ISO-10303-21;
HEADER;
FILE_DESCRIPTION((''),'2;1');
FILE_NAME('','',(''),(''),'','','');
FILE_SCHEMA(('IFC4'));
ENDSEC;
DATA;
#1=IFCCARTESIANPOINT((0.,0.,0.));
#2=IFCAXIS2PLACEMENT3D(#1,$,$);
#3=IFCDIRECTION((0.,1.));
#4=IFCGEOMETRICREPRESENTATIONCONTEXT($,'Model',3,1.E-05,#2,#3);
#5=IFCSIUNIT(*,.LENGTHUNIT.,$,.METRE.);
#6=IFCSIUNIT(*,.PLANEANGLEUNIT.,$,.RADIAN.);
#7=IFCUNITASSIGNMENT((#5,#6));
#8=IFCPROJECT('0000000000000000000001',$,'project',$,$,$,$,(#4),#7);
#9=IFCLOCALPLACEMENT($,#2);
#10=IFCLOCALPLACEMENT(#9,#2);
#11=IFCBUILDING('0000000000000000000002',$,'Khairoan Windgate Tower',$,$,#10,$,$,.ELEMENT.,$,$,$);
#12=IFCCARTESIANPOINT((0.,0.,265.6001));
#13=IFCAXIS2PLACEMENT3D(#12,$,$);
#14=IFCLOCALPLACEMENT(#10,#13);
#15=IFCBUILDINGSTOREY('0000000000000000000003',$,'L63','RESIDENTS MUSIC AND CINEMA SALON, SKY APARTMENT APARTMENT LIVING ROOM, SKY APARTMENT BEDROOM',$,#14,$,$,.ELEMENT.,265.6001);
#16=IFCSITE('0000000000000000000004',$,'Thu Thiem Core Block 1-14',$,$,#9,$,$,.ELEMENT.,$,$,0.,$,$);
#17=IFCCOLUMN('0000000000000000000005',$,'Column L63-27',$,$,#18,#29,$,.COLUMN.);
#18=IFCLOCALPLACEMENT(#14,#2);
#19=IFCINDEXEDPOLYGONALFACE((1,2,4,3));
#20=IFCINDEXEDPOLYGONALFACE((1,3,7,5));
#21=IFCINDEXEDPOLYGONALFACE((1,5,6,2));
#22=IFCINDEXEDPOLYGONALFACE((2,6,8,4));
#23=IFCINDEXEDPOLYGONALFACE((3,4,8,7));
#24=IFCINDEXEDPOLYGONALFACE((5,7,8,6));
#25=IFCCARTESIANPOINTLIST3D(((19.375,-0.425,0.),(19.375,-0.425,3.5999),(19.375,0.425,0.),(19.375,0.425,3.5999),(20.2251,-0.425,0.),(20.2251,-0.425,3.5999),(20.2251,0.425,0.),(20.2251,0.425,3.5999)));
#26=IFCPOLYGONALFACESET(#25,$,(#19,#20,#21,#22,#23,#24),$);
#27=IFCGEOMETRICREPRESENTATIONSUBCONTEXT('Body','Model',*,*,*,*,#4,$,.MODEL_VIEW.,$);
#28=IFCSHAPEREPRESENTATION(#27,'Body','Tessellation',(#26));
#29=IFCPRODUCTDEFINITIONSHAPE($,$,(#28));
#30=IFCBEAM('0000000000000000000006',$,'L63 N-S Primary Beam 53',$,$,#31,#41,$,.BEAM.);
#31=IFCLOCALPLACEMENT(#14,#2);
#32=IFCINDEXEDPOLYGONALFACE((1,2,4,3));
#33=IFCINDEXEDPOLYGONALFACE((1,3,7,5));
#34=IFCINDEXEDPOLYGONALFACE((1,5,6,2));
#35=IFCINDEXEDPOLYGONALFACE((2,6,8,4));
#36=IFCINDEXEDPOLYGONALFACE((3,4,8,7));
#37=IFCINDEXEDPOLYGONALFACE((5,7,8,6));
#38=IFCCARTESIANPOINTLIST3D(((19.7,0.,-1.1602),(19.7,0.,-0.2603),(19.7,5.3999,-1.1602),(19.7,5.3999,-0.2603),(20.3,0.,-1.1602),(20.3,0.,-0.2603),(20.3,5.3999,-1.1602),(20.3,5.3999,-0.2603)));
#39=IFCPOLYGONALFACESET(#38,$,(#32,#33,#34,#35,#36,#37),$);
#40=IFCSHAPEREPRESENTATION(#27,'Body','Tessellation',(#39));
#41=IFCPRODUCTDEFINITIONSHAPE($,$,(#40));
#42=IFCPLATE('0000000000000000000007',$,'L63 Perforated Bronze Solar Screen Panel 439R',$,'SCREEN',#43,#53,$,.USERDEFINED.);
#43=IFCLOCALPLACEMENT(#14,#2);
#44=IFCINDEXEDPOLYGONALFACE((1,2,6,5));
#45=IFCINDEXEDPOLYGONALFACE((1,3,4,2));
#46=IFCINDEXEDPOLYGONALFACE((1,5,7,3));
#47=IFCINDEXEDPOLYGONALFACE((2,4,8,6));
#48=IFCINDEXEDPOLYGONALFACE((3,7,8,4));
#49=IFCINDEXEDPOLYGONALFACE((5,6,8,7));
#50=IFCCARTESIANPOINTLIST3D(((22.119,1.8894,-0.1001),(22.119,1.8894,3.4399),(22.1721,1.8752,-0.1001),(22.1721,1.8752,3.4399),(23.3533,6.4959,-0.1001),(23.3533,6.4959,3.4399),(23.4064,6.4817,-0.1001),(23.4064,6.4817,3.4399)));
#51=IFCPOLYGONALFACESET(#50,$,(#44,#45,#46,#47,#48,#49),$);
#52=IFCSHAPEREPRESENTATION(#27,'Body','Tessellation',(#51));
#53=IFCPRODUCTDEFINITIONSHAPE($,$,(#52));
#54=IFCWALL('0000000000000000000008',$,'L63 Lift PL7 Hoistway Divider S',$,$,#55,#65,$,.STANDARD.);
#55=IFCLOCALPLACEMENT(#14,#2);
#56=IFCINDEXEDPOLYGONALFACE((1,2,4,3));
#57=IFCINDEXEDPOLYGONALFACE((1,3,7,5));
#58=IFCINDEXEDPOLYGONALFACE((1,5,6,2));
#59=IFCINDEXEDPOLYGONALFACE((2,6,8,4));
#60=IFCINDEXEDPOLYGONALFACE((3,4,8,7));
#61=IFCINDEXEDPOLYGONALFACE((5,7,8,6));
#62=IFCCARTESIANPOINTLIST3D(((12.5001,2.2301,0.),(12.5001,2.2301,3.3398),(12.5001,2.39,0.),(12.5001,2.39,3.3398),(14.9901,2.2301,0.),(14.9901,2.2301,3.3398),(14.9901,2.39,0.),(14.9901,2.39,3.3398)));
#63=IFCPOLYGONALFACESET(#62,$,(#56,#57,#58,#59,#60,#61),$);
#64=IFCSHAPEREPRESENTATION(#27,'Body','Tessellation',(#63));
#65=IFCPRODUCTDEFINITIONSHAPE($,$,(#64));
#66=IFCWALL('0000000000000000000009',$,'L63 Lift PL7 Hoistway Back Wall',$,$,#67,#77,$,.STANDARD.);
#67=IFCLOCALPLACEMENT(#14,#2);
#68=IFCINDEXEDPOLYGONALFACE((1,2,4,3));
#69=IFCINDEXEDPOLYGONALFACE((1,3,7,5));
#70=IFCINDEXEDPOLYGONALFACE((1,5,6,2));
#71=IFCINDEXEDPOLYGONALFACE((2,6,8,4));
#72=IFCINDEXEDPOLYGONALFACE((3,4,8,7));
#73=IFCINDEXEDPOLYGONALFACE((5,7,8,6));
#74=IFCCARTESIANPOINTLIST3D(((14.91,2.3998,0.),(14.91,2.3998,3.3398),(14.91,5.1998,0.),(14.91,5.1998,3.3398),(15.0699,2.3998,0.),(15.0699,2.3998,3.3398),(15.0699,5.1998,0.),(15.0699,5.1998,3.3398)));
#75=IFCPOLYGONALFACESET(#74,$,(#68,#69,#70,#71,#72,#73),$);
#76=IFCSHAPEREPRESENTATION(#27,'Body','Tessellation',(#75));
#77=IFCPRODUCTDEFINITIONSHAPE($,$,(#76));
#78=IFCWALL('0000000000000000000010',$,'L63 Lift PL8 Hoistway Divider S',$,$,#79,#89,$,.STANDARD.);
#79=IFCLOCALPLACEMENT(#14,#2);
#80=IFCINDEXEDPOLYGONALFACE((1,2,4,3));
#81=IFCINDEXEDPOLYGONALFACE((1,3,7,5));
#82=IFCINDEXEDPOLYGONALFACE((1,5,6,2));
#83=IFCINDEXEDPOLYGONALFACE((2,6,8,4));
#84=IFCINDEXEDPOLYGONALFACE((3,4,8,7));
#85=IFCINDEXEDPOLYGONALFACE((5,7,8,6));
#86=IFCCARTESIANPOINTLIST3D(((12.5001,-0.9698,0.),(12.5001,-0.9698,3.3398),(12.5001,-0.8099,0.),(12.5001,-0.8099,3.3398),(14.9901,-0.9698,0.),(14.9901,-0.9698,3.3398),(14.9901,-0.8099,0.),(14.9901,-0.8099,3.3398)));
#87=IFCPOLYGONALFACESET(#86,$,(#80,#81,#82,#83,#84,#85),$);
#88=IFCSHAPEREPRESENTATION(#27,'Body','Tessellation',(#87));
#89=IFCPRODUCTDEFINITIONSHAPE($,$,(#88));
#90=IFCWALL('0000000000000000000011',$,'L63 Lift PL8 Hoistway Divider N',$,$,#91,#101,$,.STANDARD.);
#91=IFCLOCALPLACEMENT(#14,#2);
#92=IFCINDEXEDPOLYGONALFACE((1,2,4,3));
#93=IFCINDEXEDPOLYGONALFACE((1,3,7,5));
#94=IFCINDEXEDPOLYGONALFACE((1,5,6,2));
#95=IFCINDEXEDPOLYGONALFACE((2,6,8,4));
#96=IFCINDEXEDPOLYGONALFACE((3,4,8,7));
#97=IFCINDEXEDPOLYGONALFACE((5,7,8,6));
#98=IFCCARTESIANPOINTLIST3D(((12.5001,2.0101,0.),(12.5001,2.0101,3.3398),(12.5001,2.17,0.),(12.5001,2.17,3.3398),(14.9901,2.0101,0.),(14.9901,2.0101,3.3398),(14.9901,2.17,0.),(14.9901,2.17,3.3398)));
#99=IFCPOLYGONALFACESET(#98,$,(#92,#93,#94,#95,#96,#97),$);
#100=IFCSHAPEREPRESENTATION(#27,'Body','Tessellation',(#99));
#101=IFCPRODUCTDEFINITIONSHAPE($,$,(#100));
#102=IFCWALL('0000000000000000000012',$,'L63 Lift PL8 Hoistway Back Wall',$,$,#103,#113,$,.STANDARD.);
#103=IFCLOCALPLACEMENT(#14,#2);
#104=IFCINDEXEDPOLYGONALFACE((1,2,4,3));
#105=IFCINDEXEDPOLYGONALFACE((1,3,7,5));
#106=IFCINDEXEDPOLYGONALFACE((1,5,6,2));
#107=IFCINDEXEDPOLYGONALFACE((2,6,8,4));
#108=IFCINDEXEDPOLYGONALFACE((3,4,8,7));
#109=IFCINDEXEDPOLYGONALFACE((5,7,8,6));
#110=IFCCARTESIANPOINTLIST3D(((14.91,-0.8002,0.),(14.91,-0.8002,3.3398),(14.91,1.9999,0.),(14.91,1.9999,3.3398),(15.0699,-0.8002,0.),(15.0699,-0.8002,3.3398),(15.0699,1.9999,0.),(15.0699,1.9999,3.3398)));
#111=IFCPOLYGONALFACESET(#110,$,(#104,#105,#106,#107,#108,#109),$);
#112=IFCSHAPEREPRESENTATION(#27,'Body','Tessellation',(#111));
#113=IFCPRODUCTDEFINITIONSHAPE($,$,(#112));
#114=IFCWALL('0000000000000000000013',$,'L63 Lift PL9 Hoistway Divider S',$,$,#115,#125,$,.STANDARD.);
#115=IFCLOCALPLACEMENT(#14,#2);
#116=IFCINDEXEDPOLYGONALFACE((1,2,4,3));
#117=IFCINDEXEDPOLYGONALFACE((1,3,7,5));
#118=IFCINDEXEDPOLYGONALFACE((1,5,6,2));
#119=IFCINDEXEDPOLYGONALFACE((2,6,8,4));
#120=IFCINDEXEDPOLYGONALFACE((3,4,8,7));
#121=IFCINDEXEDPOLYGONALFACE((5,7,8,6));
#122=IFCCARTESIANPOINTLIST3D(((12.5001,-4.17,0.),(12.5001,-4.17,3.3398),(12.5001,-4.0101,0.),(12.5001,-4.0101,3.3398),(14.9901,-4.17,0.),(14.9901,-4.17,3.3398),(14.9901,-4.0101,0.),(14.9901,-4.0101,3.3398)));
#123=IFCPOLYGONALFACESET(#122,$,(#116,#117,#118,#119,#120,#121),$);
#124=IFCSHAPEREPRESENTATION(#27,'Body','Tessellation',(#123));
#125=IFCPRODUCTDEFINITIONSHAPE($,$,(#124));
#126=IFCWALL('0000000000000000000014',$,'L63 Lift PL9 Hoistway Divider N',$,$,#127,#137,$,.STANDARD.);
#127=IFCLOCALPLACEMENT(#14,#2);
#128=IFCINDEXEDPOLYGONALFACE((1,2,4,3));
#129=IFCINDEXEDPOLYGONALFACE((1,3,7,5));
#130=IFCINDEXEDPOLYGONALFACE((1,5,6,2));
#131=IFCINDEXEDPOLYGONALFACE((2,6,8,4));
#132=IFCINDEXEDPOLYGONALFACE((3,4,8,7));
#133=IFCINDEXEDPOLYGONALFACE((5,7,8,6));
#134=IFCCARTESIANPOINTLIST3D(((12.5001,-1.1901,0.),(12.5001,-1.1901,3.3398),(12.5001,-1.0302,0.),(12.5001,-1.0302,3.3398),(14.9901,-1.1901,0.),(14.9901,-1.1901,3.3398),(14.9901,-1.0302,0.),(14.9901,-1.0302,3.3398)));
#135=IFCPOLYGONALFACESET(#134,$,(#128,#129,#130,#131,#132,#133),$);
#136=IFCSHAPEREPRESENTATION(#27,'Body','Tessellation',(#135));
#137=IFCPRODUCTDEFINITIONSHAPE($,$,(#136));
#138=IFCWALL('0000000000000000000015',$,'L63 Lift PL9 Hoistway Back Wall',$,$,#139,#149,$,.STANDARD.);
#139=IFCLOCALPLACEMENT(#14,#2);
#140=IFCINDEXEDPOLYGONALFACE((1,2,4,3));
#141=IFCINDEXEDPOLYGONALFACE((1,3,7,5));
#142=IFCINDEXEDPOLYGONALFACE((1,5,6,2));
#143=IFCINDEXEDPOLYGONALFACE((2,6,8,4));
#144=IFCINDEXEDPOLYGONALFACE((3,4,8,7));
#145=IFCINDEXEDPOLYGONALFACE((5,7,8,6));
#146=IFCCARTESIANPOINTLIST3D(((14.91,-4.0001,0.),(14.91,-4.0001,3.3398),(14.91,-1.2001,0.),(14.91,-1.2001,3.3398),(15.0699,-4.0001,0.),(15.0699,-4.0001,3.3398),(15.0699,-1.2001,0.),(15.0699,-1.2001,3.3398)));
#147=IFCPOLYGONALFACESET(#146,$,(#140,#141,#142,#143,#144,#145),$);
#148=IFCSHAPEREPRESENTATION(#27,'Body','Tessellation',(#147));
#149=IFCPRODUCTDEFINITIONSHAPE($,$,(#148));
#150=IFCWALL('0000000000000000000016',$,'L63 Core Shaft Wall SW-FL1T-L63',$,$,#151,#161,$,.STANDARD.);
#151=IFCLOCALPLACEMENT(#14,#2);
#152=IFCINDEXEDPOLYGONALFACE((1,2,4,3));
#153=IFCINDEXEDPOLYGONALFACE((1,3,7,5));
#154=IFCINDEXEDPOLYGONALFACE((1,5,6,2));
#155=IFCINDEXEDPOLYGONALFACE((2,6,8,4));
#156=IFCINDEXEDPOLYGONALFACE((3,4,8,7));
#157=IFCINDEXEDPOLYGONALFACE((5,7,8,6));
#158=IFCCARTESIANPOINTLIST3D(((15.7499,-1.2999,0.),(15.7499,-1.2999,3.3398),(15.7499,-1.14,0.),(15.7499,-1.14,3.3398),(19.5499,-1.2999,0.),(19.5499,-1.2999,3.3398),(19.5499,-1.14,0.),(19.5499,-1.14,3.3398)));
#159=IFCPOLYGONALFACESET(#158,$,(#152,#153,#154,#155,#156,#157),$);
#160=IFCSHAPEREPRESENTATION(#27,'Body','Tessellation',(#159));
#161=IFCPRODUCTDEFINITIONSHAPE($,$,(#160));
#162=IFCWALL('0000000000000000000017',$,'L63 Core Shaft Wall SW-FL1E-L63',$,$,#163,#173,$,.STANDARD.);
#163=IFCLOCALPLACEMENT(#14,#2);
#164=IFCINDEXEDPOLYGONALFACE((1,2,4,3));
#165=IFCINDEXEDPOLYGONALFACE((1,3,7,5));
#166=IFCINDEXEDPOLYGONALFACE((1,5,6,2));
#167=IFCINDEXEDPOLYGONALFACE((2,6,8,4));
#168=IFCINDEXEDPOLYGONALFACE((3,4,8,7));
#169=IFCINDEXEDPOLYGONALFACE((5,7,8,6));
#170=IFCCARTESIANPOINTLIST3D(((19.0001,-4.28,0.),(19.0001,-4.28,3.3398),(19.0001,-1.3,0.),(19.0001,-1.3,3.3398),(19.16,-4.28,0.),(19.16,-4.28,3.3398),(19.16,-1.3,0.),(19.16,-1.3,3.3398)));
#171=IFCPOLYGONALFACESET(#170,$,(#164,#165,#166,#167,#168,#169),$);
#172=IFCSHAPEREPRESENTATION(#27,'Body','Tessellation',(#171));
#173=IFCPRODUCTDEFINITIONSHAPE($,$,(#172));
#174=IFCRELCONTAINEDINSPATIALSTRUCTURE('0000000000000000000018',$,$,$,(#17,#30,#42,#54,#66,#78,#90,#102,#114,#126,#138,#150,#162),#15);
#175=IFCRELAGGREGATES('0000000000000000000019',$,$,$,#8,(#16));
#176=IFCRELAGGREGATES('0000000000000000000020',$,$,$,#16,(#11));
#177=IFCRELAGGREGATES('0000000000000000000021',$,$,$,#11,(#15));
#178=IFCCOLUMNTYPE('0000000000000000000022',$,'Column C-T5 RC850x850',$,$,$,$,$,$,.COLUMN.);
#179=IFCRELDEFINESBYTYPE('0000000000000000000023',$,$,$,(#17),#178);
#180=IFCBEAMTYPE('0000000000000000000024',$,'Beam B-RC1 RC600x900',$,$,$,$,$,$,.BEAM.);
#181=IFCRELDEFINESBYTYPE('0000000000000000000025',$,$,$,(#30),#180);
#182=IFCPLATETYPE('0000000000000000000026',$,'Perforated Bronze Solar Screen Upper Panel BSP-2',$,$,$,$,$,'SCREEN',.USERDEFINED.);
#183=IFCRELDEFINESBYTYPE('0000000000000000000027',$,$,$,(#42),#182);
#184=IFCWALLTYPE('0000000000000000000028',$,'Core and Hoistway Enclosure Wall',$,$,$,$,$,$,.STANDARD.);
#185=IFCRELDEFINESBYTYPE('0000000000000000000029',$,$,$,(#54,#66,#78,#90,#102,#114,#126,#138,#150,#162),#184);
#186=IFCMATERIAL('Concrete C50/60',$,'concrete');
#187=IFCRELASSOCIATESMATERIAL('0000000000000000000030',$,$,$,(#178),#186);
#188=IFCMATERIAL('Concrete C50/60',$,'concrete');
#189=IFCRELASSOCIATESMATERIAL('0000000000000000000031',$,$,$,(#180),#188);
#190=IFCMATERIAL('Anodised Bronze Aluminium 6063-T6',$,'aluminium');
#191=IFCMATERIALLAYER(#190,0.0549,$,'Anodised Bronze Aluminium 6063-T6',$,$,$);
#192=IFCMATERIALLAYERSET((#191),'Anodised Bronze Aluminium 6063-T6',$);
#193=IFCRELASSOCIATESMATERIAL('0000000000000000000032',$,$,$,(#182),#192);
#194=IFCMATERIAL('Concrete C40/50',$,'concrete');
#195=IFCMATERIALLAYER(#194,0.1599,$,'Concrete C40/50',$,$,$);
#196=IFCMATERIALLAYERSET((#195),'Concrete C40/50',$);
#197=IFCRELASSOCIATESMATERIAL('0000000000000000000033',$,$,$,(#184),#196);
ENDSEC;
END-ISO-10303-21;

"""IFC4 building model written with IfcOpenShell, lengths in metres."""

from ifc_helpers import new_model, si_unit, direction, frame, frame_2d, origin, origin_2d, place, context, subcontext, project, spatial, rectangle, extrude, material, layer, layer_set, material_profile, profile_set, type_object, element, save


model = new_model("IFC4")

# Units and contexts
model_context = context("Model", 3, precision=1e-05, world=origin(), true_north=direction((0.0, 1.0)))
body_context = subcontext(model_context, "Body", "Model", "MODEL_VIEW")
ifc_project = project(units=[si_unit("LENGTHUNIT", "METRE"), si_unit("PLANEANGLEUNIT", "RADIAN")], contexts=[model_context])

# Site, building, storey
site_placement = place(None, origin())
site = spatial("IfcSite", under=ifc_project, at=site_placement, Name="Thu Thiem Core Block 1-14", CompositionType="ELEMENT", RefElevation=0.0)
building_placement = place(site_placement, origin())
building = spatial("IfcBuilding", under=site, at=building_placement, Name="Khairoan Windgate Tower", CompositionType="ELEMENT")
storey_placement = place(building_placement, frame((0.0, 0.0, 265.6001)))
storey = spatial("IfcBuildingStorey", under=building, at=storey_placement, Name="L63", Description="RESIDENTS MUSIC AND CINEMA SALON, SKY APARTMENT APARTMENT LIVING ROOM, SKY APARTMENT BEDROOM", CompositionType="ELEMENT", Elevation=265.6001)

# Column
ifc_material_1 = material(Name="Concrete C50/60", Category="concrete")
ifc_material_profile_1 = material_profile(ifc_material_1, rectangle(XDim=0.8501, YDim=0.8501, at=origin_2d()))
ifc_profile_set_1 = profile_set([ifc_material_profile_1], Name="Concrete C50/60")
column_type = type_object("IfcColumnType", Name="Column C-T5 RC850x850", PredefinedType="COLUMN", material=ifc_profile_set_1)
column_placement = place(storey_placement, frame((19.8, 0.0, 0.0), z_axis=(0.0, 0.0, 1.0), x_axis=(1.0, 0.0, 0.0)))
element("IfcColumn", 1, at=column_placement, inside=storey, type_object=column_type, Name="Column L63-27", PredefinedType="COLUMN", context=body_context, shape_type="SweptSolid", body=[
    extrude(rectangle(XDim=0.8501, YDim=0.8501, at=origin_2d()), origin(), (0.0, 0.0, 1.0), 3.5999),
])

# Beam
ifc_material_2 = material(Name="Concrete C50/60", Category="concrete")
ifc_material_profile_2 = material_profile(ifc_material_2, rectangle(XDim=0.6001, YDim=0.8999, at=origin_2d()))
ifc_profile_set_2 = profile_set([ifc_material_profile_2], Name="Concrete C50/60")
beam_type = type_object("IfcBeamType", Name="Beam B-RC1 RC600x900", PredefinedType="BEAM", material=ifc_profile_set_2)
beam_placement = place(storey_placement, frame((20.0, 0.0, -0.7102), z_axis=(0.0, 1.0, 0.0), x_axis=(-1.0, 0.0, 0.0)))
element("IfcBeam", 2, at=beam_placement, inside=storey, type_object=beam_type, Name="L63 N-S Primary Beam 53", PredefinedType="BEAM", context=body_context, shape_type="SweptSolid", body=[
    extrude(rectangle(XDim=0.6001, YDim=0.8999, at=origin_2d()), origin(), (0.0, 0.0, 1.0), 5.3999),
])

# Plate
ifc_material_3 = material(Name="Anodised Bronze Aluminium 6063-T6", Category="aluminium")
ifc_layer_1 = layer(ifc_material_3, 0.0549, Name="Anodised Bronze Aluminium 6063-T6")
ifc_layer_set_1 = layer_set([ifc_layer_1], Name="Anodised Bronze Aluminium 6063-T6")
plate_type = type_object("IfcPlateType", Name="Perforated Bronze Solar Screen Upper Panel BSP-2", ElementType="SCREEN", PredefinedType="USERDEFINED", material=ifc_layer_set_1)
plate_placement = place(storey_placement, frame((22.7627, 4.1855, -0.1001), z_axis=(0.0, 0.0, 1.0), x_axis=(-0.258819, -0.965926, 0.0)))
element("IfcPlate", 3, at=plate_placement, inside=storey, type_object=plate_type, Name="L63 Perforated Bronze Solar Screen Panel 439R", ObjectType="SCREEN", PredefinedType="USERDEFINED", context=body_context, shape_type="SweptSolid", body=[
    extrude(rectangle(XDim=4.769, YDim=0.0549, at=origin_2d()), origin(), (0.0, 0.0, 1.0), 3.54),
])

# Walls
ifc_material_4 = material(Name="Concrete C40/50", Category="concrete")
ifc_layer_2 = layer(ifc_material_4, 0.1599, Name="Concrete C40/50")
ifc_layer_set_2 = layer_set([ifc_layer_2], Name="Concrete C40/50")
wall_type_1 = type_object("IfcWallType", Name="Core and Hoistway Enclosure Wall", PredefinedType="STANDARD", material=ifc_layer_set_2)
wall_1_placement = place(storey_placement, frame((12.5, 2.3101, 0.0), z_axis=(0.0, 0.0, 1.0), x_axis=(1.0, 0.0, 0.0)))
element("IfcWall", 4, at=wall_1_placement, inside=storey, type_object=wall_type_1, Name="L63 Lift PL7 Hoistway Divider S", PredefinedType="STANDARD", context=body_context, shape_type="SweptSolid", body=[
    extrude(rectangle(XDim=2.49, YDim=0.1599, at=frame_2d((1.2451, 0.0))), origin(), (0.0, 0.0, 1.0), 3.3398),
])
wall_2_placement = place(storey_placement, frame((14.99, 2.3999, 0.0), z_axis=(0.0, 0.0, 1.0), x_axis=(0.0, 1.0, 0.0)))
element("IfcWall", 5, at=wall_2_placement, inside=storey, type_object=wall_type_1, Name="L63 Lift PL7 Hoistway Back Wall", PredefinedType="STANDARD", context=body_context, shape_type="SweptSolid", body=[
    extrude(rectangle(XDim=2.8, YDim=0.1599, at=frame_2d((1.3999, 0.0))), origin(), (0.0, 0.0, 1.0), 3.3398),
])
for number, where, z_axis, x_axis, name in (
    (6, (12.5, -0.8899, 0.0), (0.0, 0.0, 1.0), (1.0, 0.0, 0.0), "L63 Lift PL8 Hoistway Divider S"),
    (7, (12.5, 2.0901, 0.0), (0.0, 0.0, 1.0), (1.0, 0.0, 0.0), "L63 Lift PL8 Hoistway Divider N"),
):
    element("IfcWall", number, at=place(storey_placement, frame(where, z_axis=z_axis, x_axis=x_axis)), inside=storey, type_object=wall_type_1, Name=name, PredefinedType="STANDARD", context=body_context, shape_type="SweptSolid", body=[
        extrude(rectangle(XDim=2.49, YDim=0.1599, at=frame_2d((1.2451, 0.0))), origin(), (0.0, 0.0, 1.0), 3.3398),
    ])
wall_3_placement = place(storey_placement, frame((14.99, -0.8, 0.0), z_axis=(0.0, 0.0, 1.0), x_axis=(0.0, 1.0, 0.0)))
element("IfcWall", 8, at=wall_3_placement, inside=storey, type_object=wall_type_1, Name="L63 Lift PL8 Hoistway Back Wall", PredefinedType="STANDARD", context=body_context, shape_type="SweptSolid", body=[
    extrude(rectangle(XDim=2.8, YDim=0.1599, at=frame_2d((1.3999, 0.0))), origin(), (0.0, 0.0, 1.0), 3.3398),
])
for number, where, z_axis, x_axis, name in (
    (9, (12.5, -4.0901, 0.0), (0.0, 0.0, 1.0), (1.0, 0.0, 0.0), "L63 Lift PL9 Hoistway Divider S"),
    (10, (12.5, -1.1101, 0.0), (0.0, 0.0, 1.0), (1.0, 0.0, 0.0), "L63 Lift PL9 Hoistway Divider N"),
):
    element("IfcWall", number, at=place(storey_placement, frame(where, z_axis=z_axis, x_axis=x_axis)), inside=storey, type_object=wall_type_1, Name=name, PredefinedType="STANDARD", context=body_context, shape_type="SweptSolid", body=[
        extrude(rectangle(XDim=2.49, YDim=0.1599, at=frame_2d((1.2451, 0.0))), origin(), (0.0, 0.0, 1.0), 3.3398),
    ])
wall_4_placement = place(storey_placement, frame((14.99, -4.0, 0.0), z_axis=(0.0, 0.0, 1.0), x_axis=(0.0, 1.0, 0.0)))
element("IfcWall", 11, at=wall_4_placement, inside=storey, type_object=wall_type_1, Name="L63 Lift PL9 Hoistway Back Wall", PredefinedType="STANDARD", context=body_context, shape_type="SweptSolid", body=[
    extrude(rectangle(XDim=2.8, YDim=0.1599, at=frame_2d((1.3999, 0.0))), origin(), (0.0, 0.0, 1.0), 3.3398),
])
wall_5_placement = place(storey_placement, frame((15.75, -1.22, 0.0), z_axis=(0.0, 0.0, 1.0), x_axis=(1.0, 0.0, 0.0)))
element("IfcWall", 12, at=wall_5_placement, inside=storey, type_object=wall_type_1, Name="L63 Core Shaft Wall SW-FL1T-L63", PredefinedType="STANDARD", context=body_context, shape_type="SweptSolid", body=[
    extrude(rectangle(XDim=3.8, YDim=0.1599, at=frame_2d((1.8999, 0.0))), origin(), (0.0, 0.0, 1.0), 3.3398),
])
wall_6_placement = place(storey_placement, frame((19.0801, -4.28, 0.0), z_axis=(0.0, 0.0, 1.0), x_axis=(0.0, 1.0, 0.0)))
element("IfcWall", 13, at=wall_6_placement, inside=storey, type_object=wall_type_1, Name="L63 Core Shaft Wall SW-FL1E-L63", PredefinedType="STANDARD", context=body_context, shape_type="SweptSolid", body=[
    extrude(rectangle(XDim=2.98, YDim=0.1599, at=frame_2d((1.49, 0.0))), origin(), (0.0, 0.0, 1.0), 3.3398),
])

save(model, "model.ifc")
